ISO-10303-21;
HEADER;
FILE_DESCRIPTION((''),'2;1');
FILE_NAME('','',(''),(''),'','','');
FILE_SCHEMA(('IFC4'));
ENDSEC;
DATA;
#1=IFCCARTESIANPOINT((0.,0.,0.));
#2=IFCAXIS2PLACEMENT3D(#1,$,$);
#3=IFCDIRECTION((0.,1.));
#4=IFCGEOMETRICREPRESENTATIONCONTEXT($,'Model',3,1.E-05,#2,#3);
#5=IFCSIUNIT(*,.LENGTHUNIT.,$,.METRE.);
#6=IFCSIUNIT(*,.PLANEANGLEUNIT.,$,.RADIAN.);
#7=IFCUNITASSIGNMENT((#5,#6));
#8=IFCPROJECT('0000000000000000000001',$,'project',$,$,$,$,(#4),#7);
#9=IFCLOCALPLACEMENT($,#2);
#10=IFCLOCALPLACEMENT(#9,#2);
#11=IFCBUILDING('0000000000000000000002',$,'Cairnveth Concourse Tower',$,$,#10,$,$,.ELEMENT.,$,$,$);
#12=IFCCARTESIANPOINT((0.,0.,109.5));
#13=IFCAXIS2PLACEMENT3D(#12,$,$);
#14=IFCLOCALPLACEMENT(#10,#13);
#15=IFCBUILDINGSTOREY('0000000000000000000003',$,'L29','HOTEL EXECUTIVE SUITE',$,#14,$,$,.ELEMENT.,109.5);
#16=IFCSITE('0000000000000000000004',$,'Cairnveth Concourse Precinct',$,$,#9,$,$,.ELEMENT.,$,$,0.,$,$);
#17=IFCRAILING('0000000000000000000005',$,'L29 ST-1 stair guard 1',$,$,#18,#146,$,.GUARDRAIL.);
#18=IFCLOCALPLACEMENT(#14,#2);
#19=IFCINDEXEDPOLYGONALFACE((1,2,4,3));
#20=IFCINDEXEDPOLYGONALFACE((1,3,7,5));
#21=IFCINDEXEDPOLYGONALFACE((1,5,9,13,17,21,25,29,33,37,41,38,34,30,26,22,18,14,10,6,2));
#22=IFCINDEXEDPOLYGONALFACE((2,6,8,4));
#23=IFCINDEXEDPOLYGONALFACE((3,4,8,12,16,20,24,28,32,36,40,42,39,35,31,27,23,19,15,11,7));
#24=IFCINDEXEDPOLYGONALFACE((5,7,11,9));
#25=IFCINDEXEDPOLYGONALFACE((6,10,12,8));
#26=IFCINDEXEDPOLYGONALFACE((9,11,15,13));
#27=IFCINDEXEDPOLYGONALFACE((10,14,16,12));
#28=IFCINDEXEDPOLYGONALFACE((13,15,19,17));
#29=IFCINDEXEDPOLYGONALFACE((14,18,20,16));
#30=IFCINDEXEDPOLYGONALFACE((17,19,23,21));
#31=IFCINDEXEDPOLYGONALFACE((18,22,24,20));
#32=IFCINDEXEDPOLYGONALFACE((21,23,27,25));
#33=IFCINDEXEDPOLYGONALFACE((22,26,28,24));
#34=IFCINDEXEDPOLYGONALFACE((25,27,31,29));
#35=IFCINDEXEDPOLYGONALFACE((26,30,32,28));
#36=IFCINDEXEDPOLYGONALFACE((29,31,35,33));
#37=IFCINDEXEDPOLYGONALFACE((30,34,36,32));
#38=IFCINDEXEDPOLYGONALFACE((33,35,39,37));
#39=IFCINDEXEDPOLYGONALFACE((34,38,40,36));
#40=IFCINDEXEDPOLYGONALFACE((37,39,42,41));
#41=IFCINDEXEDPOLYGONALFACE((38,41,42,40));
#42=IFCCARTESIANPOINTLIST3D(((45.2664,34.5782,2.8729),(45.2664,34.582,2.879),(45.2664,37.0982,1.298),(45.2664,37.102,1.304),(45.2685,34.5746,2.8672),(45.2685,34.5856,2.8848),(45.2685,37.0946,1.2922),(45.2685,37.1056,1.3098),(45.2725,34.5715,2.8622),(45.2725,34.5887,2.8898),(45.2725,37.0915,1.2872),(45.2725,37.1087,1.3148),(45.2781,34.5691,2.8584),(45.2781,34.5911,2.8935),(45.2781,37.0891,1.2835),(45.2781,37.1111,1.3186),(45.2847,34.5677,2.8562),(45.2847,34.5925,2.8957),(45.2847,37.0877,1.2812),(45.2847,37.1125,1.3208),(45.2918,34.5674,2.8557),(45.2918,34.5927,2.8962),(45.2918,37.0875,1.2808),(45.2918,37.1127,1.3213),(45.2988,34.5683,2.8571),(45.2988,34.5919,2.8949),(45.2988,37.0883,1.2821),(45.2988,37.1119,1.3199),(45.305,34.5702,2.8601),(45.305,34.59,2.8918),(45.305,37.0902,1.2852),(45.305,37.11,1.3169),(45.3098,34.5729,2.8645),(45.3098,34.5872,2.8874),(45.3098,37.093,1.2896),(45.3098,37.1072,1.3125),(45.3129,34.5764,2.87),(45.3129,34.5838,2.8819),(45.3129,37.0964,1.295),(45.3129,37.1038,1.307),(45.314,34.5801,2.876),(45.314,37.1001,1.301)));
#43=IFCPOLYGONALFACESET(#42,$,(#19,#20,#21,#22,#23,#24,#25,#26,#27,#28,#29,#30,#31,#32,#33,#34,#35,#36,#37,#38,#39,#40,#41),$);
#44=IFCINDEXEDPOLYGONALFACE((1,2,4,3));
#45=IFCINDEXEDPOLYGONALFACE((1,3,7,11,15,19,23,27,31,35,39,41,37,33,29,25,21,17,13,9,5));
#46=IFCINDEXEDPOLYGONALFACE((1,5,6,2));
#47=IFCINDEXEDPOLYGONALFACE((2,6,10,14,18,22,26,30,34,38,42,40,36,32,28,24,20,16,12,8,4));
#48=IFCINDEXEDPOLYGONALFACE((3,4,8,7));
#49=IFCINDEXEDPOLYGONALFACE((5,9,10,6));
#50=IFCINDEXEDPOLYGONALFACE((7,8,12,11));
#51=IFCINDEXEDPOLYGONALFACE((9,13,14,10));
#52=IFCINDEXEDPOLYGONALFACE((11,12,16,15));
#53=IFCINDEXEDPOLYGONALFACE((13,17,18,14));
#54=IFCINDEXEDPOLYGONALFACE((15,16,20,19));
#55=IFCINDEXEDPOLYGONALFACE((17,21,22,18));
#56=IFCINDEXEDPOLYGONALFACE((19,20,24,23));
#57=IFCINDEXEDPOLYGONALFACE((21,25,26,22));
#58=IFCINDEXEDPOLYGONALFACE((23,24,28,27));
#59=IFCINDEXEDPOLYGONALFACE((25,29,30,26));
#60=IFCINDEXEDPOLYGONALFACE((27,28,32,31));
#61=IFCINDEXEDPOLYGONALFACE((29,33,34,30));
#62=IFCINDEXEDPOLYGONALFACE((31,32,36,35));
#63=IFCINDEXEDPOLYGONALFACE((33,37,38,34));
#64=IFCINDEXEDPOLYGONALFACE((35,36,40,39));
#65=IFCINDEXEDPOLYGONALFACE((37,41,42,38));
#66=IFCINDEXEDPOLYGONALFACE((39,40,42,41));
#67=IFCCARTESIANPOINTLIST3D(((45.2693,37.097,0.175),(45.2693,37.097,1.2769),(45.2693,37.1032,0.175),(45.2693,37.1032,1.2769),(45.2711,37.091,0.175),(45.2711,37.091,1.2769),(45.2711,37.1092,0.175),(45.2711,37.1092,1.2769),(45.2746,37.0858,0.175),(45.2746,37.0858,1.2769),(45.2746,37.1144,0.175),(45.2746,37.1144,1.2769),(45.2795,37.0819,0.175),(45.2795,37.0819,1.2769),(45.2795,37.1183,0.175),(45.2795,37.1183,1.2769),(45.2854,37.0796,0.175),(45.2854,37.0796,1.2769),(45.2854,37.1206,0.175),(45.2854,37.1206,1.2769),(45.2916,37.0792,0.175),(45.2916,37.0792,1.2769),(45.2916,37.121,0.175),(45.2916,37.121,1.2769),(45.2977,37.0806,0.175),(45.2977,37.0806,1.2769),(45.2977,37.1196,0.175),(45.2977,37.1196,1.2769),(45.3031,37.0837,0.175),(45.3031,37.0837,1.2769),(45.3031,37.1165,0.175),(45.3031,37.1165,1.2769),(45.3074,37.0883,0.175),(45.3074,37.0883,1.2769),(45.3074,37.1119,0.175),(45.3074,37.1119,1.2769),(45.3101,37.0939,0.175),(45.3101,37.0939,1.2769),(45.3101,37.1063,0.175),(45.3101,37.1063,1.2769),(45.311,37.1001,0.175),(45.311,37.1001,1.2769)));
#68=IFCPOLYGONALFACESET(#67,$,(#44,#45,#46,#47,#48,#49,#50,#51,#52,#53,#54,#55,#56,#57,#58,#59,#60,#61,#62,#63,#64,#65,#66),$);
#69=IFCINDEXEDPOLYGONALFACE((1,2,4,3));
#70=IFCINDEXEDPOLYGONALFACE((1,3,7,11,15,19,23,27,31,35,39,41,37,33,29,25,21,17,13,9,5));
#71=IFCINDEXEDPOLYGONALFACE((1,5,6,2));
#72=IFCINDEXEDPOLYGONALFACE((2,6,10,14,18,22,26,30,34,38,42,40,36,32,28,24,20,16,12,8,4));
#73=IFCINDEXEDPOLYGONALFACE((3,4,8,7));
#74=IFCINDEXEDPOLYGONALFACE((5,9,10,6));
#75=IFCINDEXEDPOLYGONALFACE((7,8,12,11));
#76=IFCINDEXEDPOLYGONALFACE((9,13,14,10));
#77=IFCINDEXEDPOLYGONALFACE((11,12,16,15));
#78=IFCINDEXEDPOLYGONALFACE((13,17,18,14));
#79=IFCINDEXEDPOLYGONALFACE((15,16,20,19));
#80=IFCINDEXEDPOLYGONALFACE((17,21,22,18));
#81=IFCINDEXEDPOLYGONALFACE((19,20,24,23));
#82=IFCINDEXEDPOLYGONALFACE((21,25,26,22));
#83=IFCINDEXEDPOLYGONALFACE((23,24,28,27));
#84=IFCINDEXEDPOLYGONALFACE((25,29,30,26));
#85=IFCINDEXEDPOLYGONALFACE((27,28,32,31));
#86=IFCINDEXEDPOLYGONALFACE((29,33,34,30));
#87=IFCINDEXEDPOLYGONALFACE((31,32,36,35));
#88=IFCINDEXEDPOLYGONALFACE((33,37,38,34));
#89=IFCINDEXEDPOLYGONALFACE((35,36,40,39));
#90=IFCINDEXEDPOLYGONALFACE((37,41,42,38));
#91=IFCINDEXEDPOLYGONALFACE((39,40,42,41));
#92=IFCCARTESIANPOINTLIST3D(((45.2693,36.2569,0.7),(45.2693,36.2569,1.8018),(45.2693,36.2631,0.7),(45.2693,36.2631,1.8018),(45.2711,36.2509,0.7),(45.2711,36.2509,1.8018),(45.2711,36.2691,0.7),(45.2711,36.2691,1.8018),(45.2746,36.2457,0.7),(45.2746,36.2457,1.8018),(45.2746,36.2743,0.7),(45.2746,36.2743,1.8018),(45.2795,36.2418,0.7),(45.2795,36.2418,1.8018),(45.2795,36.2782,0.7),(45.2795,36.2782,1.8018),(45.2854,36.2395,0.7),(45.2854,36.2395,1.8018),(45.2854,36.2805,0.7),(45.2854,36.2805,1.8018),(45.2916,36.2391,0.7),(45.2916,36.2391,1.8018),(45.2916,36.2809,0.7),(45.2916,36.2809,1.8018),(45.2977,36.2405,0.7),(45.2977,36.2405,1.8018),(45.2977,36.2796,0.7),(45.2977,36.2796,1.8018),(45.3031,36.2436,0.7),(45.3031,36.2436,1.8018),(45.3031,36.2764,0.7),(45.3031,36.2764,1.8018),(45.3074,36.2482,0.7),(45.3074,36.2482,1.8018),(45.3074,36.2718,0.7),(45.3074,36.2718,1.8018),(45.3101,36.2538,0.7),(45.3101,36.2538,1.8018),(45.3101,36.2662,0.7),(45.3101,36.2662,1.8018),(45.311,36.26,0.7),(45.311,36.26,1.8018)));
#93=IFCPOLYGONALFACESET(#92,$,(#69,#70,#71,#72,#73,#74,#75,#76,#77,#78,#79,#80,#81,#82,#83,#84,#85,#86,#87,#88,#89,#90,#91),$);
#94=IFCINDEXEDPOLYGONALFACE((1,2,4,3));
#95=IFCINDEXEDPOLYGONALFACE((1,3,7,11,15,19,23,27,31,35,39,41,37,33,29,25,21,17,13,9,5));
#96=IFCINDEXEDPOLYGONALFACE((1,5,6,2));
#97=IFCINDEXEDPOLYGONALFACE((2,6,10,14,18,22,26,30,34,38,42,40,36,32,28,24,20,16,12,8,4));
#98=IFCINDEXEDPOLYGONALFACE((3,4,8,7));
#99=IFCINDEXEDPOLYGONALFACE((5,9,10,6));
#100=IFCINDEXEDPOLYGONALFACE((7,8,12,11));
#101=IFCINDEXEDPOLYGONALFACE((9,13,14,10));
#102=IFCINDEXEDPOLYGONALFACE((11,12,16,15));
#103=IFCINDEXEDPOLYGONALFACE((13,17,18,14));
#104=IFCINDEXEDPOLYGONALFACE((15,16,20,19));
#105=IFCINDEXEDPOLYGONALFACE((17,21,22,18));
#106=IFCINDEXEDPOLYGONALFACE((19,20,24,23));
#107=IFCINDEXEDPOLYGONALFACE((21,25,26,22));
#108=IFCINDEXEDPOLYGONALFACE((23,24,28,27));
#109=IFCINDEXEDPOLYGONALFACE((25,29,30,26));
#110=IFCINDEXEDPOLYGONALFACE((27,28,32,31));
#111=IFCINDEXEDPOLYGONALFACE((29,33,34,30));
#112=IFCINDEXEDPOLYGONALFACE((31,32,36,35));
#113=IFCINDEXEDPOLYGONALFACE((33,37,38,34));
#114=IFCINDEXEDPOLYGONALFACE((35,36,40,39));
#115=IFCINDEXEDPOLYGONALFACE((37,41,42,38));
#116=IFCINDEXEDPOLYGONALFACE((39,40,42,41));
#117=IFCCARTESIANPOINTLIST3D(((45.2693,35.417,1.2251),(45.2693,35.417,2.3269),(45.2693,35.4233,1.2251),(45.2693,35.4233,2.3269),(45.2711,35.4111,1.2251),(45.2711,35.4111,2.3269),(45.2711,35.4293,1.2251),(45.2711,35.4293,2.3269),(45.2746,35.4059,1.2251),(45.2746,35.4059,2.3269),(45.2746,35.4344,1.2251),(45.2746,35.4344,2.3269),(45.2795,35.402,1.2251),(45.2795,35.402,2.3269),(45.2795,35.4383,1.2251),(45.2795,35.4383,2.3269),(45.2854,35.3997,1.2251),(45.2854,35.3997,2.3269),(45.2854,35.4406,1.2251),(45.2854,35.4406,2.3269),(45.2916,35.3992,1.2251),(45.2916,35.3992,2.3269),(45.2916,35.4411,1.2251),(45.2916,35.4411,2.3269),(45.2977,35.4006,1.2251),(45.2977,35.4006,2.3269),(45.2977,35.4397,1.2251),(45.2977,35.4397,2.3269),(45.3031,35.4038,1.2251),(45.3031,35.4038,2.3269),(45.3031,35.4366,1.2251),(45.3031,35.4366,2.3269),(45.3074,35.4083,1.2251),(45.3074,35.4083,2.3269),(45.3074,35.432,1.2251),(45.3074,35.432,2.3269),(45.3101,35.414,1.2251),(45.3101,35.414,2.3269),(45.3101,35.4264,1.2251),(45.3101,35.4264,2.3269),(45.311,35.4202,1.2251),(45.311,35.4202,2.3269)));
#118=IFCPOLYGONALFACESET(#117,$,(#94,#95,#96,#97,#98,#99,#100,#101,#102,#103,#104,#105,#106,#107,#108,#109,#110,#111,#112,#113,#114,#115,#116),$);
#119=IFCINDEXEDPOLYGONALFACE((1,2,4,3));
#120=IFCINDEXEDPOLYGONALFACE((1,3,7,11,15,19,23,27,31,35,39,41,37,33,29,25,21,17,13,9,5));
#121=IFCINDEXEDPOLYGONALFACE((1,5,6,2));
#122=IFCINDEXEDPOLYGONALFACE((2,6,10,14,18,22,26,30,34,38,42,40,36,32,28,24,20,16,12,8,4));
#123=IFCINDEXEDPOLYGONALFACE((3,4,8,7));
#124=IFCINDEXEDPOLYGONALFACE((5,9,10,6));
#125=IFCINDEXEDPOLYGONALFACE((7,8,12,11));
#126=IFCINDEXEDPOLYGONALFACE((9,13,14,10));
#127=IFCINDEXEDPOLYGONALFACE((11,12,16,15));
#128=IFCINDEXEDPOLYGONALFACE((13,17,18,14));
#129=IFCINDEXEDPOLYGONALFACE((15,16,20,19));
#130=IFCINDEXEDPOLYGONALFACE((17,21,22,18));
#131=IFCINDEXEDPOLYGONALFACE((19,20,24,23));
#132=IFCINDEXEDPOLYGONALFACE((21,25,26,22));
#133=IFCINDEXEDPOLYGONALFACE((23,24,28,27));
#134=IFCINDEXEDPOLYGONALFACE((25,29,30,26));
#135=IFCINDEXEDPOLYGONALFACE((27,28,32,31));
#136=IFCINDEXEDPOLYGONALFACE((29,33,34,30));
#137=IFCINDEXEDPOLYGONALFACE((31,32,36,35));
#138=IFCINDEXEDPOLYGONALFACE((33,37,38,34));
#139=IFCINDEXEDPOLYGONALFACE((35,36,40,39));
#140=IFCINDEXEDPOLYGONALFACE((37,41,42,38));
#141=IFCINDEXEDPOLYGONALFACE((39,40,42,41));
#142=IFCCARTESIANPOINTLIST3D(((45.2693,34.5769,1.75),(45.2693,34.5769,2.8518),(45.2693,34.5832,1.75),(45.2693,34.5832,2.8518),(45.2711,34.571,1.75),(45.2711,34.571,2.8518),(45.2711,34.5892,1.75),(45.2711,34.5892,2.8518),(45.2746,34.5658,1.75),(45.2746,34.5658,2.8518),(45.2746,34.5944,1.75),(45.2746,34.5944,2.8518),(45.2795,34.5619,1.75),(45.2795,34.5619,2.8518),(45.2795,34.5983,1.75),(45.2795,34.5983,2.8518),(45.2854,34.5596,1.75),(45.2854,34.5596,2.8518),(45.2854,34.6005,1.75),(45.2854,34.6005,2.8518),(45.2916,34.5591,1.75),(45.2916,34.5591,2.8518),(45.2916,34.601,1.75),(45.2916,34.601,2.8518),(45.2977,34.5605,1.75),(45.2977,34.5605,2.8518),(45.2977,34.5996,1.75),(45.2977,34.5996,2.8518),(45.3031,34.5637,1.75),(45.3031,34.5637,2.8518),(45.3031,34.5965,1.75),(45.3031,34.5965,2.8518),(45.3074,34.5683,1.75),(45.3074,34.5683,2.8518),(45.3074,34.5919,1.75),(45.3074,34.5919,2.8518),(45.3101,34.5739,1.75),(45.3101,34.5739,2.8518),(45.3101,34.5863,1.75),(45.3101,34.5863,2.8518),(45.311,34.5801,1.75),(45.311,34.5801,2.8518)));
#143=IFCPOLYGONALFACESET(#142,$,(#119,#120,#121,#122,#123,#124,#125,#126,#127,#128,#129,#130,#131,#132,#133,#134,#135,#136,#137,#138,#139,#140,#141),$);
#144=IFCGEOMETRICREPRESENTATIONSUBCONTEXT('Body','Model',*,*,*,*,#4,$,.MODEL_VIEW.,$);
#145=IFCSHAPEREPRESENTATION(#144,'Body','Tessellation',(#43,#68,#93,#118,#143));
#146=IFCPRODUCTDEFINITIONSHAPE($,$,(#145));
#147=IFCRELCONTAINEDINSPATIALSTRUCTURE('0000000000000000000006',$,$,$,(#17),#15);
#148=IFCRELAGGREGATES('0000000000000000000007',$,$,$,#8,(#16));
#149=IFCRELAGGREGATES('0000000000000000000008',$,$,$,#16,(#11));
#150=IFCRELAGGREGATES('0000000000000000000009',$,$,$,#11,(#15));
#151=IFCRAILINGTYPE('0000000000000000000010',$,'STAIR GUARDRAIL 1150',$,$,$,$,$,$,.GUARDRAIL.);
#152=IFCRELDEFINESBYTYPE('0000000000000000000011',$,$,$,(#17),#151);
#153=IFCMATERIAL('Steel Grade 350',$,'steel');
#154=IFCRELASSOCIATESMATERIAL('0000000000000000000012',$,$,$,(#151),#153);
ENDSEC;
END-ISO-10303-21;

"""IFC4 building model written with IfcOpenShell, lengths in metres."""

from ifc_helpers import new_model, si_unit, direction, frame, origin, origin_2d, place, context, subcontext, project, spatial, circle, extrude, material, type_object, element, save


model = new_model("IFC4")

# Units and contexts
model_context = context("Model", 3, precision=1e-05, world=origin(), true_north=direction((0.0, 1.0)))
body_context = subcontext(model_context, "Body", "Model", "MODEL_VIEW")
ifc_project = project(units=[si_unit("LENGTHUNIT", "METRE"), si_unit("PLANEANGLEUNIT", "RADIAN")], contexts=[model_context])

# Site, building, storey
site_placement = place(None, origin())
site = spatial("IfcSite", under=ifc_project, at=site_placement, Name="Cairnveth Concourse Precinct", CompositionType="ELEMENT", RefElevation=0.0)
building_placement = place(site_placement, origin())
building = spatial("IfcBuilding", under=site, at=building_placement, Name="Cairnveth Concourse Tower", CompositionType="ELEMENT")
storey_placement = place(building_placement, frame((0.0, 0.0, 109.5)))
storey = spatial("IfcBuildingStorey", under=building, at=storey_placement, Name="L29", Description="HOTEL EXECUTIVE SUITE", CompositionType="ELEMENT", Elevation=109.5)

# Shared definitions
ifc_material_1 = material(Name="Steel Grade 350", Category="steel")

# Railing
railing_type_1 = type_object("IfcRailingType", Name="STAIR GUARDRAIL 1150", PredefinedType="GUARDRAIL", material=ifc_material_1)
railing_1_placement = place(storey_placement, frame((45.29, 37.1001, 0.175)))
element("IfcRailing", 1, at=railing_1_placement, inside=storey, type_object=railing_type_1, Name="L29 ST-1 stair guard 1", PredefinedType="GUARDRAIL", context=body_context, shape_type="SweptSolid", body=[
    extrude(circle(Radius=0.0239, at=origin_2d()), frame((0.0, 0.0, 1.126), z_axis=(0.0, -0.848008, 0.529984), x_axis=(1.0, 0.0, 0.0)), (0.0, 0.0, 1.0), 2.9717),
    extrude(circle(Radius=0.021, at=origin_2d()), origin(), (0.0, 0.0, 1.0), 1.1018),
    extrude(circle(Radius=0.021, at=origin_2d()), frame((0.0, -0.8401, 0.5249)), (0.0, 0.0, 1.0), 1.1018),
    extrude(circle(Radius=0.021, at=origin_2d()), frame((0.0, -1.6799, 1.05)), (0.0, 0.0, 1.0), 1.1018),
    extrude(circle(Radius=0.021, at=origin_2d()), frame((0.0, -2.52, 1.575)), (0.0, 0.0, 1.0), 1.1018),
])

save(model, "model.ifc")
